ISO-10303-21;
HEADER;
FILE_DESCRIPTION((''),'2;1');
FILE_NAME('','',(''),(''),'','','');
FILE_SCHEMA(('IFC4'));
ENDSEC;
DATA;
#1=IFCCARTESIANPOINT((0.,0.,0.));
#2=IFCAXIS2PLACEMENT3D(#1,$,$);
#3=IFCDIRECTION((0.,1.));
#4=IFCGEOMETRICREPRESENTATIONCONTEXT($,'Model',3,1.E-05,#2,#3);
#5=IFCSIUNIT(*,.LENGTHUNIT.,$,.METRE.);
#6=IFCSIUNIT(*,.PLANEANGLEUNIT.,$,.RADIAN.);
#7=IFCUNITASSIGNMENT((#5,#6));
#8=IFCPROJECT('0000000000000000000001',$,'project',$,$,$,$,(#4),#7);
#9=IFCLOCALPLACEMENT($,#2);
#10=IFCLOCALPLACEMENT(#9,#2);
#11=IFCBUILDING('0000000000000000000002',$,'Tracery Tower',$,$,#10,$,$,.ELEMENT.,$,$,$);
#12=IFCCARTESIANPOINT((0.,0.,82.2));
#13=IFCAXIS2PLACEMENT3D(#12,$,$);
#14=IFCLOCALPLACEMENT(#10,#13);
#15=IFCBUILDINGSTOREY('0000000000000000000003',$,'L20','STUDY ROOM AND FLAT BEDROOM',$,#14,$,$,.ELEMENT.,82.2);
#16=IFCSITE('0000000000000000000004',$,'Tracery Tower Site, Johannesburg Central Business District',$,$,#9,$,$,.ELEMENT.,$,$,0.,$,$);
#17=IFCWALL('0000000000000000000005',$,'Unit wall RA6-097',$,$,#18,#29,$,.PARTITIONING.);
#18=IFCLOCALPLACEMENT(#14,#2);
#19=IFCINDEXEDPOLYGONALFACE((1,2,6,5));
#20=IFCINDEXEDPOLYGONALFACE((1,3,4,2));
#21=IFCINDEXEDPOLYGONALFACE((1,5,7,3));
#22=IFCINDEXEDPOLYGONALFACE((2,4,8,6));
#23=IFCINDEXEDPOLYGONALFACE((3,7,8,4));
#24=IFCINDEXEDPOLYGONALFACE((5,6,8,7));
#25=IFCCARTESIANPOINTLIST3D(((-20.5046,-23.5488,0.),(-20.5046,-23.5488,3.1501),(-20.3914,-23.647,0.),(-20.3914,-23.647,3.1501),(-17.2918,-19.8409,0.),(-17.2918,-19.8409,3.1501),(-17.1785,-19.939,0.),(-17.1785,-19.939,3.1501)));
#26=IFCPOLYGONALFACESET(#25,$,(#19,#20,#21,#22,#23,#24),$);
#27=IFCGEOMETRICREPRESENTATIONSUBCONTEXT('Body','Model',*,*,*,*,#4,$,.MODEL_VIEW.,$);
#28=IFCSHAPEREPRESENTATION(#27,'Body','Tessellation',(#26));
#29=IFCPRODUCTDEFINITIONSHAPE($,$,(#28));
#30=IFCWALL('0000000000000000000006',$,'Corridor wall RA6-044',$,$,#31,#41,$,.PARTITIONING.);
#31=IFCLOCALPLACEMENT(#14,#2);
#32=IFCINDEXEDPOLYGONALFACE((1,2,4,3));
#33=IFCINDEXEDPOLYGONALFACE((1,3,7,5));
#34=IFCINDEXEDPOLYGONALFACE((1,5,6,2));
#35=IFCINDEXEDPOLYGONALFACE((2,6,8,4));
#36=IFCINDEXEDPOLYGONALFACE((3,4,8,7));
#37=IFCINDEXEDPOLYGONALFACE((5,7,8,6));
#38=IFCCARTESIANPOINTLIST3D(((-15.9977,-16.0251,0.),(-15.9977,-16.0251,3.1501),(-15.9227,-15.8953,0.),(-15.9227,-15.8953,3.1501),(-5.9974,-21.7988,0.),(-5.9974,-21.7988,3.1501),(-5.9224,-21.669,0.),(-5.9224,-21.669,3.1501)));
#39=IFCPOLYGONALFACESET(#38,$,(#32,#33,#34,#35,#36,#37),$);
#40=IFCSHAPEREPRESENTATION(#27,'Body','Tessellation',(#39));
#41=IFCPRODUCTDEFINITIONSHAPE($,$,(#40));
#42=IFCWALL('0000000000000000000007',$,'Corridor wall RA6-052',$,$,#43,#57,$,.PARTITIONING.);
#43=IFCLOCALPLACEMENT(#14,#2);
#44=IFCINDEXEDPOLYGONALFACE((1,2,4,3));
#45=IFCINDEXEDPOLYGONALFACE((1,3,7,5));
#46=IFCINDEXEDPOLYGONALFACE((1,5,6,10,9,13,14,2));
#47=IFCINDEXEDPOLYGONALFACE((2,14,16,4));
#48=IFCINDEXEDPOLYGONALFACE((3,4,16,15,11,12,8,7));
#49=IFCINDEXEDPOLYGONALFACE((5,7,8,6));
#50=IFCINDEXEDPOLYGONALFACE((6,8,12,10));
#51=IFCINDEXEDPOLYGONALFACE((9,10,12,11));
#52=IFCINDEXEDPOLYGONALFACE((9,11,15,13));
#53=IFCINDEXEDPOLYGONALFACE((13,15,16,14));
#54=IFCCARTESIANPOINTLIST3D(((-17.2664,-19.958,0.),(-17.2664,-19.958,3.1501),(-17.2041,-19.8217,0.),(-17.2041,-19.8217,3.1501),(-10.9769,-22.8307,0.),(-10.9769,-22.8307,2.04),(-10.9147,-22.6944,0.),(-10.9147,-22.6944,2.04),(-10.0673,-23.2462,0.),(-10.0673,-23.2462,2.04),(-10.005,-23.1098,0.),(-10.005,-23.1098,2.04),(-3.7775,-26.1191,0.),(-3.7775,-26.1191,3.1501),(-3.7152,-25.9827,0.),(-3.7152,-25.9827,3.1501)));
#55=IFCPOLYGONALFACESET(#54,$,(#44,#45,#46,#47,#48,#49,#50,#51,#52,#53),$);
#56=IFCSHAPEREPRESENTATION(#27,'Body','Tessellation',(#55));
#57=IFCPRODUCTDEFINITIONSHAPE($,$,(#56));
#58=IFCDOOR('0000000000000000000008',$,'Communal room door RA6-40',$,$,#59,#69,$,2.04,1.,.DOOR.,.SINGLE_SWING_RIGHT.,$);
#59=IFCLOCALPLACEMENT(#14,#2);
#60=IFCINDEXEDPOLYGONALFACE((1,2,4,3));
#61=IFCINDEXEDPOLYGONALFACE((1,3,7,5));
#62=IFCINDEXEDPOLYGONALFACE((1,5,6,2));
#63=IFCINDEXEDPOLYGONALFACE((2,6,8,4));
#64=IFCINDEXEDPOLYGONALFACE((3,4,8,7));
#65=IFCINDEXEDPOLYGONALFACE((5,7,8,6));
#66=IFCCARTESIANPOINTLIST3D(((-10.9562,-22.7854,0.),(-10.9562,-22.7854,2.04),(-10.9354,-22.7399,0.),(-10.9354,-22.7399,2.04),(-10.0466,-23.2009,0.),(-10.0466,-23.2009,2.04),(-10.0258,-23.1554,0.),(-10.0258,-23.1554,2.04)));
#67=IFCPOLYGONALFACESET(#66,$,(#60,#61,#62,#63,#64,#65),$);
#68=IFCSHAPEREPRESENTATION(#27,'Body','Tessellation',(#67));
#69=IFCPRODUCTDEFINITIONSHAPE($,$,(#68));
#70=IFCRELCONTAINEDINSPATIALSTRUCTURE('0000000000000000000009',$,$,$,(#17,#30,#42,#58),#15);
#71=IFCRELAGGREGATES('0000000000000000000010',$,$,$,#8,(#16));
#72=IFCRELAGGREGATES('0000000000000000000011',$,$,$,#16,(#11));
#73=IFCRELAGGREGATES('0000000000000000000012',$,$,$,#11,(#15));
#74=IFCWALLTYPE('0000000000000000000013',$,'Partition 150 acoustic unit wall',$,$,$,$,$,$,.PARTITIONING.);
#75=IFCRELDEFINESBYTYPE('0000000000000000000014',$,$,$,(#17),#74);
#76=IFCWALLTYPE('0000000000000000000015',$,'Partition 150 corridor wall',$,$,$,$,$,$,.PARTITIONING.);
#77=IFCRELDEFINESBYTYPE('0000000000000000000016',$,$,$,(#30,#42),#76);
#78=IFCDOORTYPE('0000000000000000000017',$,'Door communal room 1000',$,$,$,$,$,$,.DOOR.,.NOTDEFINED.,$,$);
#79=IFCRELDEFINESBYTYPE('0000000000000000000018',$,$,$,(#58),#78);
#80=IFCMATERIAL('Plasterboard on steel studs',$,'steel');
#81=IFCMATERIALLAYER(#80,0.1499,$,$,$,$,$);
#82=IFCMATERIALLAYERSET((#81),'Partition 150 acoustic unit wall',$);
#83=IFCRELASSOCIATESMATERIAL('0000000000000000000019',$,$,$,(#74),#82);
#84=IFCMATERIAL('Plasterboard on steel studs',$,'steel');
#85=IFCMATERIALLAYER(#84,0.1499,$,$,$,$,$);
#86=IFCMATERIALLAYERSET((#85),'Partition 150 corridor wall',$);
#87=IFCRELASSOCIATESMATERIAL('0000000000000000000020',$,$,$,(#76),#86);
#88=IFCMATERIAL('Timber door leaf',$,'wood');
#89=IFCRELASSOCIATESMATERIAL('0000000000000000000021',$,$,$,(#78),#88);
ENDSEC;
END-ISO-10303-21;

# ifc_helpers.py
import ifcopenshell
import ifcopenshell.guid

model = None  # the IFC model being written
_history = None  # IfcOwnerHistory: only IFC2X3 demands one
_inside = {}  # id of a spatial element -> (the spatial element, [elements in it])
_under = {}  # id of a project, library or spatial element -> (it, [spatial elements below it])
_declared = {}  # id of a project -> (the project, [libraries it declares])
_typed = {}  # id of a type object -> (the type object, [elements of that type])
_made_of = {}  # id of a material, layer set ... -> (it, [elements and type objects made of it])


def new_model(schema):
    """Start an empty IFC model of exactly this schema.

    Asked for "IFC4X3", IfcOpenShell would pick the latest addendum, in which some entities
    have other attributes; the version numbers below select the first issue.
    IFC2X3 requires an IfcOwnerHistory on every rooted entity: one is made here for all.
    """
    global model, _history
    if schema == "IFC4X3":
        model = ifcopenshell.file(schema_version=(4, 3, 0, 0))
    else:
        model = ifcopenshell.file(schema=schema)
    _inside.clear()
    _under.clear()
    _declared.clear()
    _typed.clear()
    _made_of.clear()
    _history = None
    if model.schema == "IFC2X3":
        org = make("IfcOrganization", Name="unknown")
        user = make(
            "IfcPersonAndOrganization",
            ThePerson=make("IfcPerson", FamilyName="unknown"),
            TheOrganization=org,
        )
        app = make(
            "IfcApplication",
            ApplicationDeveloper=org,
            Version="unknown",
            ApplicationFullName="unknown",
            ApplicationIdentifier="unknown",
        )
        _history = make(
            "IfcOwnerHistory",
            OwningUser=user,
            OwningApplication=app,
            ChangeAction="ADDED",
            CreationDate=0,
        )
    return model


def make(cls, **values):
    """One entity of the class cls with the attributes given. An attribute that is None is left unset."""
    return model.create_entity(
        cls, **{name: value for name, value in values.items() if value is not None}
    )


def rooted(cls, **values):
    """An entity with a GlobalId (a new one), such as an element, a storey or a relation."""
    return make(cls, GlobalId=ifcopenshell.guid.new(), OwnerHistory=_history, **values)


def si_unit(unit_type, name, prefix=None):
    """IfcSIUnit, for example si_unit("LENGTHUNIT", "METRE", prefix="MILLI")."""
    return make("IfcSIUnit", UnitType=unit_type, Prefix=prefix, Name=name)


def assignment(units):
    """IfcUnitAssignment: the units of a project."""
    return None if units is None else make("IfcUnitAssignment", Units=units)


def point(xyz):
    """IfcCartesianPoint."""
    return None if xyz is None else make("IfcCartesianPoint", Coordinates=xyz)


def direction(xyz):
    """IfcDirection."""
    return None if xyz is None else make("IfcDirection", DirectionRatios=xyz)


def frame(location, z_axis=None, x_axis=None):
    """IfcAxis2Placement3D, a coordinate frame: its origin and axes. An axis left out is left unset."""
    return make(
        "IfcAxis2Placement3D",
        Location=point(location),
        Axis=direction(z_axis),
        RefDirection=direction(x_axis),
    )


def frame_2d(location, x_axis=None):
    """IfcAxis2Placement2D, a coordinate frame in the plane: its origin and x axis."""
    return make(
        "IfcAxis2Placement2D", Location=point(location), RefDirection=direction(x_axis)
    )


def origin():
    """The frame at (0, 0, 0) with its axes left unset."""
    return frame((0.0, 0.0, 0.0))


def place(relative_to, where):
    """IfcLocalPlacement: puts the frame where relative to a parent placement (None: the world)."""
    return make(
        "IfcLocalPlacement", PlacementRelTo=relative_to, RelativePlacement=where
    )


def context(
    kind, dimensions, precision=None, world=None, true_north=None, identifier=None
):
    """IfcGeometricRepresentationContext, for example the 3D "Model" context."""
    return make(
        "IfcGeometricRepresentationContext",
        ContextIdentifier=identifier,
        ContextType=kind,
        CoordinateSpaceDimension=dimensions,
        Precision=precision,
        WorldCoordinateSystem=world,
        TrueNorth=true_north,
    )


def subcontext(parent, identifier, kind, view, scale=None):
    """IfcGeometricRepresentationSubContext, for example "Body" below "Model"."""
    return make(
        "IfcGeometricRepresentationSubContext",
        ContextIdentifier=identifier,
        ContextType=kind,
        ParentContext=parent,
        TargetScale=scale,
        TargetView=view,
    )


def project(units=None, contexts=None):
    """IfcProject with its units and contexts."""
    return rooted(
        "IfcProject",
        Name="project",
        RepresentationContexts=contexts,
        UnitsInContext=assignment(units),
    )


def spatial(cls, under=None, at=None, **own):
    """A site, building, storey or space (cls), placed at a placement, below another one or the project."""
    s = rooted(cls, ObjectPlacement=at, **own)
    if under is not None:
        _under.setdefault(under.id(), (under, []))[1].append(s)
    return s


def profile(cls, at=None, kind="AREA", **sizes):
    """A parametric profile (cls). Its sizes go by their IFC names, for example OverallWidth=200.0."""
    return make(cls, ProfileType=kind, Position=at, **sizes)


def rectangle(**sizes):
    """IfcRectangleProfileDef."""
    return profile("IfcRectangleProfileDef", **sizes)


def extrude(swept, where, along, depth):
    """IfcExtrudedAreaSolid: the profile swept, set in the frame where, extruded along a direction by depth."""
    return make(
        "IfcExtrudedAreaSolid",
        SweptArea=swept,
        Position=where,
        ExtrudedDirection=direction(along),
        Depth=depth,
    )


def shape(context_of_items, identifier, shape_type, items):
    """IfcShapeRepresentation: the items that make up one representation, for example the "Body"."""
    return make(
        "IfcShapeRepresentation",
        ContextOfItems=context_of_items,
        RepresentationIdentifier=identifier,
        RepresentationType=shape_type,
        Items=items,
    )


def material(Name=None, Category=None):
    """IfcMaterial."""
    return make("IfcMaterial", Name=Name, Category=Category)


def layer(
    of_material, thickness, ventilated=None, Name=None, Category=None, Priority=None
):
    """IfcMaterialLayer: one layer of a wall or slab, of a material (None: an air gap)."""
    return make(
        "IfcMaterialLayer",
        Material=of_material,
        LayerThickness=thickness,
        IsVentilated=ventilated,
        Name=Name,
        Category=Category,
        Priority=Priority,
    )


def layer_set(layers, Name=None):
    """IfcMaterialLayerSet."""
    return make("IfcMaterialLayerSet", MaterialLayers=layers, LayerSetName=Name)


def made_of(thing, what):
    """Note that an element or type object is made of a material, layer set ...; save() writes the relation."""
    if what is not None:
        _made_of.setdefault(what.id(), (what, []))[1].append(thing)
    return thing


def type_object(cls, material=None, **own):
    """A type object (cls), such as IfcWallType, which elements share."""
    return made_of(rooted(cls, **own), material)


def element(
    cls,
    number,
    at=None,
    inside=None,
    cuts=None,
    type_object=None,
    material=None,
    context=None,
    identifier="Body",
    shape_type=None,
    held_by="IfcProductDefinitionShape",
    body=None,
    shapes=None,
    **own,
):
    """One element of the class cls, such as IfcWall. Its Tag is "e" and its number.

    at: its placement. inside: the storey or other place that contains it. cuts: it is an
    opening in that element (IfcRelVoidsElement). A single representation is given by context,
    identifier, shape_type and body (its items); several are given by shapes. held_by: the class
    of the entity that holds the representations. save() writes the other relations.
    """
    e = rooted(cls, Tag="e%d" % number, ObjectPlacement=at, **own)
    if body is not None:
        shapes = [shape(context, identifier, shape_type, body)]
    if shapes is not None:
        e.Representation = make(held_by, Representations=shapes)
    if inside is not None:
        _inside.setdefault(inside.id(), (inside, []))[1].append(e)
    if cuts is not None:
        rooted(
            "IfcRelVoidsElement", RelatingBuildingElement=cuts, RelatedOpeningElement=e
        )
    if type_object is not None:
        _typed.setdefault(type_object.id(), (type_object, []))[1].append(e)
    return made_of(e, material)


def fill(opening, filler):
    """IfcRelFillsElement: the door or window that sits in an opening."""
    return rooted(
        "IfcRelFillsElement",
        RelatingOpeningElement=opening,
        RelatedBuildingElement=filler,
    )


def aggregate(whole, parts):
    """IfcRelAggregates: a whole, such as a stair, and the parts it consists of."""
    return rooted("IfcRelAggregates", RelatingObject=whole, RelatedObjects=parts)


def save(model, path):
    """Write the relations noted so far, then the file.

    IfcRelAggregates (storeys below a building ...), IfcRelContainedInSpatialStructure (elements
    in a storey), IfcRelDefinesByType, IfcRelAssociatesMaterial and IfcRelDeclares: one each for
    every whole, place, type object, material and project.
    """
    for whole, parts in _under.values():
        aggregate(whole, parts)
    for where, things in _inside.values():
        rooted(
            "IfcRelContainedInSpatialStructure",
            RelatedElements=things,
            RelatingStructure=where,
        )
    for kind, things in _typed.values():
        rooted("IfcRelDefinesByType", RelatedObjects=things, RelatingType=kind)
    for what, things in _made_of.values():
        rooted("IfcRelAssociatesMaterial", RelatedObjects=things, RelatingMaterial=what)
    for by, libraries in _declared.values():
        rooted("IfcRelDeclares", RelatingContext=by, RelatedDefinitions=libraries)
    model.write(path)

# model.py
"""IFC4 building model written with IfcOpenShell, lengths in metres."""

from ifc_helpers import new_model, si_unit, direction, frame, frame_2d, origin, place, context, subcontext, project, spatial, rectangle, extrude, material, layer, layer_set, type_object, element, fill, save


model = new_model("IFC4")

# Units and contexts
model_context = context("Model", 3, precision=1e-05, world=origin(), true_north=direction((0.0, 1.0)))
body_context = subcontext(model_context, "Body", "Model", "MODEL_VIEW")
ifc_project = project(units=[si_unit("LENGTHUNIT", "METRE"), si_unit("PLANEANGLEUNIT", "RADIAN")], contexts=[model_context])

# Site, building, storey
site_placement = place(None, origin())
site = spatial("IfcSite", under=ifc_project, at=site_placement, Name="Tracery Tower Site, Johannesburg Central Business District", CompositionType="ELEMENT", RefElevation=0.0)
building_placement = place(site_placement, origin())
building = spatial("IfcBuilding", under=site, at=building_placement, Name="Tracery Tower", CompositionType="ELEMENT")
storey_placement = place(building_placement, frame((0.0, 0.0, 82.2)))
storey = spatial("IfcBuildingStorey", under=building, at=storey_placement, Name="L20", Description="STUDY ROOM AND FLAT BEDROOM", CompositionType="ELEMENT", Elevation=82.2)

# Walls
ifc_material_1 = material(Name="Plasterboard on steel studs", Category="steel")
ifc_layer_1 = layer(ifc_material_1, 0.1499)
ifc_layer_set_1 = layer_set([ifc_layer_1], Name="Partition 150 acoustic unit wall")
wall_type_1 = type_object("IfcWallType", Name="Partition 150 acoustic unit wall", PredefinedType="PARTITIONING", material=ifc_layer_set_1)
wall_1_placement = place(storey_placement, frame((-20.448, -23.5979, 0.0), z_axis=(0.0, 0.0, 1.0), x_axis=(0.654847, 0.755761, 0.0)))
element("IfcWall", 1, at=wall_1_placement, inside=storey, type_object=wall_type_1, Name="Unit wall RA6-097", PredefinedType="PARTITIONING", context=body_context, shape_type="SweptSolid", body=[
    extrude(rectangle(XDim=4.9062, YDim=0.1499, at=frame_2d((2.4531, 0.0))), origin(), (0.0, 0.0, 1.0), 3.1501),
])
ifc_material_2 = material(Name="Plasterboard on steel studs", Category="steel")
ifc_layer_2 = layer(ifc_material_2, 0.1499)
ifc_layer_set_2 = layer_set([ifc_layer_2], Name="Partition 150 corridor wall")
wall_type_2 = type_object("IfcWallType", Name="Partition 150 corridor wall", PredefinedType="PARTITIONING", material=ifc_layer_set_2)
wall_2_placement = place(storey_placement, frame((-15.9602, -15.9602, 0.0), z_axis=(0.0, 0.0, 1.0), x_axis=(0.866024, -0.500002, 0.0)))
element("IfcWall", 2, at=wall_2_placement, inside=storey, type_object=wall_type_2, Name="Corridor wall RA6-044", PredefinedType="PARTITIONING", context=body_context, shape_type="SweptSolid", body=[
    extrude(rectangle(XDim=11.5474, YDim=0.1499, at=frame_2d((5.7737, 0.0))), origin(), (0.0, 0.0, 1.0), 3.1501),
])

# Wall, opening, door
wall_3_placement = place(storey_placement, frame((-17.2351, -19.8899, 0.0), z_axis=(0.0, 0.0, 1.0), x_axis=(0.909609, -0.415466, 0.0)))
wall_3 = element("IfcWall", 3, at=wall_3_placement, inside=storey, type_object=wall_type_2, Name="Corridor wall RA6-052", PredefinedType="PARTITIONING", context=body_context, shape_type="SweptSolid", body=[
    extrude(rectangle(XDim=14.8293, YDim=0.1499, at=frame_2d((7.4146, 0.0))), origin(), (0.0, 0.0, 1.0), 3.1501),
])
opening_1_placement = place(wall_3_placement, frame((6.9143, 0.0, 0.0)))
opening_1 = element("IfcOpeningElement", 4, at=opening_1_placement, cuts=wall_3, PredefinedType="OPENING", context=body_context, shape_type="SweptSolid", body=[
    extrude(rectangle(XDim=1.0, YDim=2.04, at=frame_2d((0.5, 1.02))), frame((0.0, 0.075, 0.0), z_axis=(0.0, -1.0, 0.0), x_axis=(1.0, 0.0, 0.0)), (0.0, 0.0, 1.0), 0.1499),
])
ifc_material_3 = material(Name="Timber door leaf", Category="wood")
door_type_1 = type_object("IfcDoorType", Name="Door communal room 1000", OperationType="NOTDEFINED", PredefinedType="DOOR", material=ifc_material_3)
door_1_placement = place(opening_1_placement, origin())
door_1 = element("IfcDoor", 5, at=door_1_placement, inside=storey, type_object=door_type_1, Name="Communal room door RA6-40", OperationType="SINGLE_SWING_RIGHT", OverallHeight=2.04, OverallWidth=1.0, PredefinedType="DOOR", context=body_context, shape_type="SweptSolid", body=[
    extrude(rectangle(XDim=1.0, YDim=2.04, at=frame_2d((0.5, 1.02))), frame((0.0, 0.0249, 0.0), z_axis=(0.0, -1.0, 0.0), x_axis=(1.0, 0.0, 0.0)), (0.0, 0.0, 1.0), 0.05),
])
fill(opening_1, door_1)

save(model, "model.ifc")
